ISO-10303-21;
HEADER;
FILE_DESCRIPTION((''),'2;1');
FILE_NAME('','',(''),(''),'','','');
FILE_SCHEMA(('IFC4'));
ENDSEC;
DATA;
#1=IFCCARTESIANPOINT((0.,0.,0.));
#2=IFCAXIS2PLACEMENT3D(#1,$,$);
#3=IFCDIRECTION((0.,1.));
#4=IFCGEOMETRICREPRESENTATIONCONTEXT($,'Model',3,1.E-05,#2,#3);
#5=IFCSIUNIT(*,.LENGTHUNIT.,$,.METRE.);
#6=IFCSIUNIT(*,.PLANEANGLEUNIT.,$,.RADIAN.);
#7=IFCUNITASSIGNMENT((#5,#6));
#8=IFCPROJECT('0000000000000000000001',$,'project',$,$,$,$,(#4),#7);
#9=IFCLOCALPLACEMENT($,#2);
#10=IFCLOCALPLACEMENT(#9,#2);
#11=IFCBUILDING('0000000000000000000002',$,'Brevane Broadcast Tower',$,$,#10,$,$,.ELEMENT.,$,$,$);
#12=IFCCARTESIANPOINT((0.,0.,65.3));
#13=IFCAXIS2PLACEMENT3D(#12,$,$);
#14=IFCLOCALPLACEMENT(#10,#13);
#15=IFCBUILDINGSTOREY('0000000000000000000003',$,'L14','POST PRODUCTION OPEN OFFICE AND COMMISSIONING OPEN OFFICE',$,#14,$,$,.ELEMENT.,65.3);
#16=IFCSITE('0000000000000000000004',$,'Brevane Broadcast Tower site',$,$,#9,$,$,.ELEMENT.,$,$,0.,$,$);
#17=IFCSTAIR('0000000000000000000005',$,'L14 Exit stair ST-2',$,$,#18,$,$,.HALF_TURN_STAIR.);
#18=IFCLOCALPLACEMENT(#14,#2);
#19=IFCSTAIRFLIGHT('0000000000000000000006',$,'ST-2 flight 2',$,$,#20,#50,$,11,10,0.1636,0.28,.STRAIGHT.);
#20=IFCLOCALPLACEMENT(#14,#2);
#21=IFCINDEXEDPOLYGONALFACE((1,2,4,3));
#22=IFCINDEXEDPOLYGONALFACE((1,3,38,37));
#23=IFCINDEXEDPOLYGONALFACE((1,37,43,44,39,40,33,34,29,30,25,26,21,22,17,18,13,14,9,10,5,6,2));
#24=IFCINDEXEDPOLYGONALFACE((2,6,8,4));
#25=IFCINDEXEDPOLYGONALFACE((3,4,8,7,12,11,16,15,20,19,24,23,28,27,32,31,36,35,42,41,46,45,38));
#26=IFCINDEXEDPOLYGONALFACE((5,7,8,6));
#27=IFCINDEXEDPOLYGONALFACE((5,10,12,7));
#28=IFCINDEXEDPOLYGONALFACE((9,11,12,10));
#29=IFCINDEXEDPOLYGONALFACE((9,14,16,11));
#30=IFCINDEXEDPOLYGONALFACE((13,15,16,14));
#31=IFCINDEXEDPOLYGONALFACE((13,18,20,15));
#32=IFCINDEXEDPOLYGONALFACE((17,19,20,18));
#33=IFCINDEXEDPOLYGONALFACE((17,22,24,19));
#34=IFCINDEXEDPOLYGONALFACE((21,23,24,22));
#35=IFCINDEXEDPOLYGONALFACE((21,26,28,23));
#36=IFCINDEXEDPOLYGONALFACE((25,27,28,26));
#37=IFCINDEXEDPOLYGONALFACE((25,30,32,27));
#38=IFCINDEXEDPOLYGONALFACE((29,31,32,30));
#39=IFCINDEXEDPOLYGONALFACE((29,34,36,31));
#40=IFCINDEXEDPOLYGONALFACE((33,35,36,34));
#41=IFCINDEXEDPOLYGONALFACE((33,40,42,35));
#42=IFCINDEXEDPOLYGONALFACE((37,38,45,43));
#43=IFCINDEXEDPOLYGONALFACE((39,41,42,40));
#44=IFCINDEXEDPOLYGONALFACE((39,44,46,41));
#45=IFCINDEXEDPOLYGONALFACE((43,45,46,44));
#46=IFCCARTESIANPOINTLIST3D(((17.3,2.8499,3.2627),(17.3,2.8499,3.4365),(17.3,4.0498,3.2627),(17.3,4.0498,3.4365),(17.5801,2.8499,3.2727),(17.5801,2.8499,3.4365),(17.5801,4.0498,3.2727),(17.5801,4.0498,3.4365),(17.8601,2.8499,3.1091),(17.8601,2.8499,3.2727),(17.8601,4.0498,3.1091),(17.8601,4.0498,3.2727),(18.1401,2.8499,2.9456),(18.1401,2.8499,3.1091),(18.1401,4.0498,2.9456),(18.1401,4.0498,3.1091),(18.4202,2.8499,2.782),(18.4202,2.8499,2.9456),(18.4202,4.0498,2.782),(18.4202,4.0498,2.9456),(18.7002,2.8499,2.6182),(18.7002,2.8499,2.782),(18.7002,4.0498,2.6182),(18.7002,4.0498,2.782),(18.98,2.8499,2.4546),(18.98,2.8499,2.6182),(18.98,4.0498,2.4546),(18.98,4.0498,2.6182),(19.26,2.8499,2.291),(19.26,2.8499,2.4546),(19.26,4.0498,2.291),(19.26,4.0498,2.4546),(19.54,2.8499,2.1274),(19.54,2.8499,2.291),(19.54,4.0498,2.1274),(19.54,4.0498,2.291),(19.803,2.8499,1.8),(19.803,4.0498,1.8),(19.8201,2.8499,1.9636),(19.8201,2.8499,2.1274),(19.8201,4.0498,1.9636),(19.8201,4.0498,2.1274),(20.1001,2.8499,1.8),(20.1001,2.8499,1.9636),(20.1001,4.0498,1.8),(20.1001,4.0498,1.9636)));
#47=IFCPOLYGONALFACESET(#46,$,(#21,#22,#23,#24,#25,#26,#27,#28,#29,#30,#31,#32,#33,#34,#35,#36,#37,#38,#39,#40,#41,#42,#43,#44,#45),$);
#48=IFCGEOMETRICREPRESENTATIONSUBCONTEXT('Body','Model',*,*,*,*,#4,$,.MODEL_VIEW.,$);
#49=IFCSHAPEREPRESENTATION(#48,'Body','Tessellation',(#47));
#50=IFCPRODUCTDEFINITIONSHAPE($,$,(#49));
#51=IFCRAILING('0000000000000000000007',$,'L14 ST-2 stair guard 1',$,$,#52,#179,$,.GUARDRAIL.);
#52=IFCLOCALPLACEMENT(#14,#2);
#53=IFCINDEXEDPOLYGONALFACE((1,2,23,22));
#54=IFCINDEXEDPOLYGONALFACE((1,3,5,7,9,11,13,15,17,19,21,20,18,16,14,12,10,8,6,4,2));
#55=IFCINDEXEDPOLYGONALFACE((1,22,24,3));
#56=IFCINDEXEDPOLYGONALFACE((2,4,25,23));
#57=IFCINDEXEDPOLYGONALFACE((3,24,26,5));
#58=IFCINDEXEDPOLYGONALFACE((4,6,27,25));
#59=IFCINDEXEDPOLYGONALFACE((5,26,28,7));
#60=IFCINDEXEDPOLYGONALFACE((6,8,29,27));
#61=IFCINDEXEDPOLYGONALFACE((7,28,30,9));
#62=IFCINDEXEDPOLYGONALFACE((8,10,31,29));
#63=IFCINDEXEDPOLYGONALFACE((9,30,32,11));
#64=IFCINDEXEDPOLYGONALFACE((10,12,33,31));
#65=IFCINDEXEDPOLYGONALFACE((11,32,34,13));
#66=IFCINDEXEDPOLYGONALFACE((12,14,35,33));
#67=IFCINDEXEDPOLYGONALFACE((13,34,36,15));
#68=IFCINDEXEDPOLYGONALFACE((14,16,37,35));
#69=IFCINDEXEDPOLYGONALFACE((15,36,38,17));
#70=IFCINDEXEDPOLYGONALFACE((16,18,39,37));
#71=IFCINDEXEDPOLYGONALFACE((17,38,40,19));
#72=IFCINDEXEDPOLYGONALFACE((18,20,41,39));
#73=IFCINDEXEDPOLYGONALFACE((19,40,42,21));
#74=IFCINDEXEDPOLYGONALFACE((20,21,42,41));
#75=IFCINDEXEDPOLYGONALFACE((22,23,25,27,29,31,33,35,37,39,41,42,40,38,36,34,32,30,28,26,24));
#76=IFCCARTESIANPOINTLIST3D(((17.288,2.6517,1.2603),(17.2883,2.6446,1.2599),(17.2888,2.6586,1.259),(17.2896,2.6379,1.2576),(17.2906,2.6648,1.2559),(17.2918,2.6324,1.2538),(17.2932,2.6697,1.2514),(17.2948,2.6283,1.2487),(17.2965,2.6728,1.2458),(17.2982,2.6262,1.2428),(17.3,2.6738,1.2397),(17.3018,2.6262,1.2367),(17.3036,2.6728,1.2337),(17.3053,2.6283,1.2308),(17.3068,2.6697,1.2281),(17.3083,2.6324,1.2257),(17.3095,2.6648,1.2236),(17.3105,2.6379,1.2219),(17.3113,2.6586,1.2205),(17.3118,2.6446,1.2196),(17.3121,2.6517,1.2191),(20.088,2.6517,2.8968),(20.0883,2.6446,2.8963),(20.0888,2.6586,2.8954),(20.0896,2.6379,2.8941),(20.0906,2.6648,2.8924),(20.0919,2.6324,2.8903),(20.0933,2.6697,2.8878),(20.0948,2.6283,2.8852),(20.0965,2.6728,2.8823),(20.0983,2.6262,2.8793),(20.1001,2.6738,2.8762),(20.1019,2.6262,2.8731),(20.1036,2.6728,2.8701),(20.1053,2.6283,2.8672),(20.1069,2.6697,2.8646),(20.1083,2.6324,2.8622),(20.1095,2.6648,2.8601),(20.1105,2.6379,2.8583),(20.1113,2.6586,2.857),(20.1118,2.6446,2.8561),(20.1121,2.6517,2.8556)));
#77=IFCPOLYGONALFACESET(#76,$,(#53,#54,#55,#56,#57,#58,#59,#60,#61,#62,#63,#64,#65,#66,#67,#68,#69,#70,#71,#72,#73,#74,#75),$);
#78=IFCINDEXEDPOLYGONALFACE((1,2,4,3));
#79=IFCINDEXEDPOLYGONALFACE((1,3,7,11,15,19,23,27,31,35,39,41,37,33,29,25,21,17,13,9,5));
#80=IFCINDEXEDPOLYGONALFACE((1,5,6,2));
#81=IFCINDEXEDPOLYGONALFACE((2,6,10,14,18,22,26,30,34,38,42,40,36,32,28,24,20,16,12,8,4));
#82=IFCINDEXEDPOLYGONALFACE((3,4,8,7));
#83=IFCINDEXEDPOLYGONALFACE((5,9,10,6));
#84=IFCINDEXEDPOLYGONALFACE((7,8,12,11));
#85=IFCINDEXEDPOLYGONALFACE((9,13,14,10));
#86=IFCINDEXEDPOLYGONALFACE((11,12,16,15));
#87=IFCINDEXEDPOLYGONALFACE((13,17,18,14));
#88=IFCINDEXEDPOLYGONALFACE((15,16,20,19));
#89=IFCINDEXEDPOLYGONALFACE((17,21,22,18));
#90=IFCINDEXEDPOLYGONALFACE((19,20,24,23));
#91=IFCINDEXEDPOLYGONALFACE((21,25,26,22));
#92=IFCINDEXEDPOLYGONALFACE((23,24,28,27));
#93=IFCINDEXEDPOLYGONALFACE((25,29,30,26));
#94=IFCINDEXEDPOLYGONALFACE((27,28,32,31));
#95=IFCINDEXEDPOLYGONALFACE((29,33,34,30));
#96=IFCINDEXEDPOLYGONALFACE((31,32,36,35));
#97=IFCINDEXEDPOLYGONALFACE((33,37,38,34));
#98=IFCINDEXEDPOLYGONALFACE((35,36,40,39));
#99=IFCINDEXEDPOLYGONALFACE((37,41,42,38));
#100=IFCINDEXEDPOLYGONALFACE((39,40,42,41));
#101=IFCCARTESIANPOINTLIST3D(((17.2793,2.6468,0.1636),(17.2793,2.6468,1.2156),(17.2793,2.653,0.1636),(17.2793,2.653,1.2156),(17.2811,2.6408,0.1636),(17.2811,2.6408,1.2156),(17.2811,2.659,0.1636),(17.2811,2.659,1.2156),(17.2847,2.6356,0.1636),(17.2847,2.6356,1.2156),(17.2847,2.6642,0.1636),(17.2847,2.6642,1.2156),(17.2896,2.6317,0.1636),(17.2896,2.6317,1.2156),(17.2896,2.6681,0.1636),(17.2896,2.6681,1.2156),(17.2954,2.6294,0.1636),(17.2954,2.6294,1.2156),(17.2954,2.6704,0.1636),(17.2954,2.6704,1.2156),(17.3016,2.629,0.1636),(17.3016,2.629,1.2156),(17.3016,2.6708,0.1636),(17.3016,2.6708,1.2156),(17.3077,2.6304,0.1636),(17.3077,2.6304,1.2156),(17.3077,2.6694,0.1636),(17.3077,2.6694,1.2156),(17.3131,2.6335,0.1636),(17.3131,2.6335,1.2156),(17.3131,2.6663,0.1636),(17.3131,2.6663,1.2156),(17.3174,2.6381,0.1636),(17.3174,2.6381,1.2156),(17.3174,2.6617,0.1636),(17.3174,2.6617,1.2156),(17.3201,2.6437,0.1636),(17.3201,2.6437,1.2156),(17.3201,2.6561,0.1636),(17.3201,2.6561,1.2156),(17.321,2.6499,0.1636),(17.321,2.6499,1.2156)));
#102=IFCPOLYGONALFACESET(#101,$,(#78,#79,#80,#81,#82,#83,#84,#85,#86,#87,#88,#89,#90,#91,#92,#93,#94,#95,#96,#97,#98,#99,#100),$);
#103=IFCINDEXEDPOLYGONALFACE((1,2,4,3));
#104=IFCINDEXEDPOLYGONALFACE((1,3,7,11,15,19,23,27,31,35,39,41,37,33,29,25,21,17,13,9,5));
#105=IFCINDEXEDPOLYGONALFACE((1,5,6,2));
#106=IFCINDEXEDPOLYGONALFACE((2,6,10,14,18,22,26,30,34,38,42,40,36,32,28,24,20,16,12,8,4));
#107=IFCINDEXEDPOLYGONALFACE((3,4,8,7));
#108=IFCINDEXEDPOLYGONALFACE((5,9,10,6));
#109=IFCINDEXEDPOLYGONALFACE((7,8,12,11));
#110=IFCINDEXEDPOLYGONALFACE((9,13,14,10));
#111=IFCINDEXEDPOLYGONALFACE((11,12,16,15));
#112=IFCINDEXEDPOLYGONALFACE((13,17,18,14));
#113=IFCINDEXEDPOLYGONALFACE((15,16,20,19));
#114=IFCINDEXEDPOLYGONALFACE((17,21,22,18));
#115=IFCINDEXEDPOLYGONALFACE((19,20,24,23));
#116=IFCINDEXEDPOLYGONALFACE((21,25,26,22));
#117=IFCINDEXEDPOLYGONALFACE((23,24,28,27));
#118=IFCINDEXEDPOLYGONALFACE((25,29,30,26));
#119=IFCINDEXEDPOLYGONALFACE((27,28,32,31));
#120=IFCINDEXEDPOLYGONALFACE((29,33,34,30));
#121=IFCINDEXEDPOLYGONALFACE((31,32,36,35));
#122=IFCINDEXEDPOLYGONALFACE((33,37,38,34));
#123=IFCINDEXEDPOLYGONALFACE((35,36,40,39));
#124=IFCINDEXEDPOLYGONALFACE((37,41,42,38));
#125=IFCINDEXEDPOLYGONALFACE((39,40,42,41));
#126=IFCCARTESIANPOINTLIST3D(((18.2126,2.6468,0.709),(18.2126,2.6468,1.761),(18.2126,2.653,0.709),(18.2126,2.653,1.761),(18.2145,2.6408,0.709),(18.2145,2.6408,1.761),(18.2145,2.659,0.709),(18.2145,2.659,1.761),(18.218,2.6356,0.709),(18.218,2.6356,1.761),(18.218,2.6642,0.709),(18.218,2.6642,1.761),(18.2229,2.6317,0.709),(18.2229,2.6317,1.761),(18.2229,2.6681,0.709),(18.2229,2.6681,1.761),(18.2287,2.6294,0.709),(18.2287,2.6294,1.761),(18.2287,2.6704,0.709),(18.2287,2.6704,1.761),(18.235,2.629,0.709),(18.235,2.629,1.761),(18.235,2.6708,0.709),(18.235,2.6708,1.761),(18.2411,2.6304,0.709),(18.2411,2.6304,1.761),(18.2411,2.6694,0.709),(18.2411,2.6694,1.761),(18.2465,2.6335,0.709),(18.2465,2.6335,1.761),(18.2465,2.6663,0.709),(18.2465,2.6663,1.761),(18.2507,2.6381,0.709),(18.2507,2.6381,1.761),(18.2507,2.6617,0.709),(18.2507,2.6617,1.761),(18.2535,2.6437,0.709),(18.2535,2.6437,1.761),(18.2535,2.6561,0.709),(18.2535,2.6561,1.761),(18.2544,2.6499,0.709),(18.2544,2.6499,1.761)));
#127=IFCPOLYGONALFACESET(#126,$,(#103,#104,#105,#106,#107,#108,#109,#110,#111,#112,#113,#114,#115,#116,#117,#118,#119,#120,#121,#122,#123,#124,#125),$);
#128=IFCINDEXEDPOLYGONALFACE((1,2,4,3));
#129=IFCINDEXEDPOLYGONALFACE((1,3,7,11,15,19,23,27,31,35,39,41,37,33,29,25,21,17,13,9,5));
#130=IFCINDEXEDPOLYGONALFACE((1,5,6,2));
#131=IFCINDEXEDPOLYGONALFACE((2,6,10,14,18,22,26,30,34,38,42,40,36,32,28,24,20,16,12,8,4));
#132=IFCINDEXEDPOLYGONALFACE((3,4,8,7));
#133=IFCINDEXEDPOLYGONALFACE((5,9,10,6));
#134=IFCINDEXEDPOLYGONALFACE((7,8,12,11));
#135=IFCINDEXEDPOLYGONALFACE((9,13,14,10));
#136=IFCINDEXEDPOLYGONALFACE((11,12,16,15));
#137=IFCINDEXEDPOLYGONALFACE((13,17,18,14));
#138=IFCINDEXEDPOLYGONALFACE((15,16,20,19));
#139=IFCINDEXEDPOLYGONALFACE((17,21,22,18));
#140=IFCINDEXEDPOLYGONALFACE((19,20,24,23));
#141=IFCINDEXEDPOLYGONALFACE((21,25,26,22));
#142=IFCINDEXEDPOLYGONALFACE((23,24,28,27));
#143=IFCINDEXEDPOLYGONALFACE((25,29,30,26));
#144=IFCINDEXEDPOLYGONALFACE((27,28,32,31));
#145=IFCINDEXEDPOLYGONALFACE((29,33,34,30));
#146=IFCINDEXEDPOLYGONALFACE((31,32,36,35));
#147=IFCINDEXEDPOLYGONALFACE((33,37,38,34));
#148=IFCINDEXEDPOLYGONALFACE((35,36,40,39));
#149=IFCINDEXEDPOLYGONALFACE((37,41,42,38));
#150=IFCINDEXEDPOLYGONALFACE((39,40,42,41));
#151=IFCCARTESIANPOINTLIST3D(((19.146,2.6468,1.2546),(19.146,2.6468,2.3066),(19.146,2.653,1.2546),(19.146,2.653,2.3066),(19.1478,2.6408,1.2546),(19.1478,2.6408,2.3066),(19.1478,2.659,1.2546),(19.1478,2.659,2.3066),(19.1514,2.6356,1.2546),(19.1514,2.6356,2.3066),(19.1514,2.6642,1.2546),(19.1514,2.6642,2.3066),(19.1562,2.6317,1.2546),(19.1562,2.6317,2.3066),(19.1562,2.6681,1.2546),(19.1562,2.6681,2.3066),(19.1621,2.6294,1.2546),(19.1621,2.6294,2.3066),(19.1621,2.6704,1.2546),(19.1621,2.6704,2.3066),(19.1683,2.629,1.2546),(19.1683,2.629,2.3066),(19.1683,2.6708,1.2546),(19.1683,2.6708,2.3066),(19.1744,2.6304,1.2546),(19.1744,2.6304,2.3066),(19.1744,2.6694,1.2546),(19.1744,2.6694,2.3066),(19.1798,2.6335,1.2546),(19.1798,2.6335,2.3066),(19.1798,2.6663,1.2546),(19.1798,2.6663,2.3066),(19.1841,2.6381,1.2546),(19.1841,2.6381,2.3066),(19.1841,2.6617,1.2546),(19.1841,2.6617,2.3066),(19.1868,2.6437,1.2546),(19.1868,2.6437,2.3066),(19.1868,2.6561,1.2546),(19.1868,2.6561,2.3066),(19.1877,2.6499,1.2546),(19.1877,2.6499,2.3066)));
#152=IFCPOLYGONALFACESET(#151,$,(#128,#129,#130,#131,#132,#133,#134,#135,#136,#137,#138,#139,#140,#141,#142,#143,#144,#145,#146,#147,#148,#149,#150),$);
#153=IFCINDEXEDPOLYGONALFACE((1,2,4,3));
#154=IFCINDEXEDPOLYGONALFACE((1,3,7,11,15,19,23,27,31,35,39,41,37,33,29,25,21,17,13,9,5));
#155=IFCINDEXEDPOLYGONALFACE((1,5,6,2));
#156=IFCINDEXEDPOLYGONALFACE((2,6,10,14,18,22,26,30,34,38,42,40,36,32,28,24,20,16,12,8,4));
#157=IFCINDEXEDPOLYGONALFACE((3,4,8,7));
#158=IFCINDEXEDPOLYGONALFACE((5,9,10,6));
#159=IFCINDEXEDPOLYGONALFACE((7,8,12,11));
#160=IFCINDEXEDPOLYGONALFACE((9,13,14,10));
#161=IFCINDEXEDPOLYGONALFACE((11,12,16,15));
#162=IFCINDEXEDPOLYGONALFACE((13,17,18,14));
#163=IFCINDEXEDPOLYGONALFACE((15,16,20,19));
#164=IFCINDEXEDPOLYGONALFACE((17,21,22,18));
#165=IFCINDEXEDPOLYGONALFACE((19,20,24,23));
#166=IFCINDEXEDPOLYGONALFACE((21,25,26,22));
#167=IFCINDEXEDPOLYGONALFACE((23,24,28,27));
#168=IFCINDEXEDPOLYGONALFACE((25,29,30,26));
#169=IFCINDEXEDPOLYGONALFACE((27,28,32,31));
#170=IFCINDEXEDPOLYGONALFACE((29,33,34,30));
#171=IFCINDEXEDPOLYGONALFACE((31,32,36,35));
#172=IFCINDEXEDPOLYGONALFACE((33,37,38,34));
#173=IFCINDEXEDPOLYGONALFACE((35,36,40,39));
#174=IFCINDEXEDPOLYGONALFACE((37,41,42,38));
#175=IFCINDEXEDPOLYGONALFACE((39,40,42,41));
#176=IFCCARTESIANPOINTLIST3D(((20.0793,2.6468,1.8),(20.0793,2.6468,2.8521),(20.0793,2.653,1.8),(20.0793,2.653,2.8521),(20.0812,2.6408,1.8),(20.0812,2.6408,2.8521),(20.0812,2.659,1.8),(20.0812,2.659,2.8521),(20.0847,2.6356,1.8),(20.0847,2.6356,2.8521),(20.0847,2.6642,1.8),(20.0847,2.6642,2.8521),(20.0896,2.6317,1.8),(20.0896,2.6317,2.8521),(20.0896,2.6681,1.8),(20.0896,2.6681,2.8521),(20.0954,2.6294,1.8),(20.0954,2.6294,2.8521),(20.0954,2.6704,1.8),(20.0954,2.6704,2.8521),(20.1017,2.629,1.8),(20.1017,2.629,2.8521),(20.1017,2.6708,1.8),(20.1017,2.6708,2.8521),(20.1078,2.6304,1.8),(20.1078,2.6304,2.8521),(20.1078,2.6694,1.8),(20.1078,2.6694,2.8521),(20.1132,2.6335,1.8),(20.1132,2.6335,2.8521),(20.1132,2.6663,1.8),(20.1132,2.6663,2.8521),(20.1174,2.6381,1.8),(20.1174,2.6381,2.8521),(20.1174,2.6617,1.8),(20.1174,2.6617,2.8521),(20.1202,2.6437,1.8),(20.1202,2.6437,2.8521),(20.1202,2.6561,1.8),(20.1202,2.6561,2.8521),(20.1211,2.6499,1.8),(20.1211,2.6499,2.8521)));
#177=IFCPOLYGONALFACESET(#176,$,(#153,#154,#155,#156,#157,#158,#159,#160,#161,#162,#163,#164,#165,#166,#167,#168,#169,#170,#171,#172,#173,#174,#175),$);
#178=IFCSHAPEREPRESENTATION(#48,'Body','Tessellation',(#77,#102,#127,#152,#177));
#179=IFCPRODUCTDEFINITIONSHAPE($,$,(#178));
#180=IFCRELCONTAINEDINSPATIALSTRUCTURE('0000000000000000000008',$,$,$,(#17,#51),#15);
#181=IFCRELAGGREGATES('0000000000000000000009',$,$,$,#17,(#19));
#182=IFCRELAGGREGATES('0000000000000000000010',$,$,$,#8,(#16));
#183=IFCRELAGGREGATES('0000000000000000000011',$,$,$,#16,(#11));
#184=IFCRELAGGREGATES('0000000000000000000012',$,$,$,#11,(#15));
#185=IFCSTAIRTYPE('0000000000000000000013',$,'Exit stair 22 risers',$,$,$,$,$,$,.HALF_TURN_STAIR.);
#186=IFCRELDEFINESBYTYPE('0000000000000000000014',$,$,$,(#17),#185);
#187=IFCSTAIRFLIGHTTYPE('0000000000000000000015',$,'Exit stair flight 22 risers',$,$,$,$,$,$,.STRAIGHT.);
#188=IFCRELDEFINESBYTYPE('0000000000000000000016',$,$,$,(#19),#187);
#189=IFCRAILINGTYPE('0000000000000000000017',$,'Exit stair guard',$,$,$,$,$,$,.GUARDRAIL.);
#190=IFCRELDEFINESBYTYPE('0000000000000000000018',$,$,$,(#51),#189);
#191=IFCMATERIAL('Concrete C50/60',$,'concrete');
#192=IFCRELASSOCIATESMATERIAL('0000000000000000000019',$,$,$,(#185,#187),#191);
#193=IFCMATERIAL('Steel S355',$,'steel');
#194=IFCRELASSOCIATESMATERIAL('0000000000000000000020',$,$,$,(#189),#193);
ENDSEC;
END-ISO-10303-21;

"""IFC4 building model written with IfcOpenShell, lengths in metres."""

from ifc_helpers import new_model, si_unit, direction, frame, origin, origin_2d, place, context, subcontext, project, spatial, polyline, circle, outline, extrude, material, type_object, element, aggregate, save


model = new_model("IFC4")

# Units and contexts
model_context = context("Model", 3, precision=1e-05, world=origin(), true_north=direction((0.0, 1.0)))
body_context = subcontext(model_context, "Body", "Model", "MODEL_VIEW")
ifc_project = project(units=[si_unit("LENGTHUNIT", "METRE"), si_unit("PLANEANGLEUNIT", "RADIAN")], contexts=[model_context])

# Site, building, storey
site_placement = place(None, origin())
site = spatial("IfcSite", under=ifc_project, at=site_placement, Name="Brevane Broadcast Tower site", CompositionType="ELEMENT", RefElevation=0.0)
building_placement = place(site_placement, origin())
building = spatial("IfcBuilding", under=site, at=building_placement, Name="Brevane Broadcast Tower", CompositionType="ELEMENT")
storey_placement = place(building_placement, frame((0.0, 0.0, 65.3)))
storey = spatial("IfcBuildingStorey", under=building, at=storey_placement, Name="L14", Description="POST PRODUCTION OPEN OFFICE AND COMMISSIONING OPEN OFFICE", CompositionType="ELEMENT", Elevation=65.3)

# Stair, stair flight
ifc_material_1 = material(Name="Concrete C50/60", Category="concrete")
stair_type = type_object("IfcStairType", Name="Exit stair 22 risers", PredefinedType="HALF_TURN_STAIR", material=ifc_material_1)
stair_placement = place(storey_placement, origin())
stair = element("IfcStair", 1, at=stair_placement, inside=storey, type_object=stair_type, Name="L14 Exit stair ST-2", PredefinedType="HALF_TURN_STAIR")
stair_flight_type = type_object("IfcStairFlightType", Name="Exit stair flight 22 risers", PredefinedType="STRAIGHT", material=ifc_material_1)
stair_flight_1_placement = place(storey_placement, frame((20.1001, 3.45, 1.8), z_axis=(0.0, 0.0, 1.0), x_axis=(-1.0, 0.0, 0.0)))
stair_flight_1 = element("IfcStairFlight", 2, at=stair_flight_1_placement, type_object=stair_flight_type, Name="ST-2 flight 2", NumberOfRisers=11, NumberOfTreads=10, PredefinedType="STRAIGHT", RiserHeight=0.1636, TreadLength=0.28, context=body_context, shape_type="SweptSolid", body=[
    extrude(outline(polyline([(0.0, 0.0), (0.0, 0.1636), (0.28, 0.1636), (0.28, 0.3274), (0.5601, 0.3274), (0.5601, 0.491), (0.8401, 0.491), (0.8401, 0.6545), (1.1201, 0.6545), (1.1201, 0.8181), (1.3999, 0.8181), (1.3999, 0.9819), (1.6799, 0.9819), (1.6799, 1.1455), (1.96, 1.1455), (1.96, 1.3091), (2.24, 1.3091), (2.24, 1.4727), (2.52, 1.4727), (2.52, 1.6365), (2.8, 1.6365), (2.8, 1.8), (2.8, 1.4626), (0.2971, 0.0), (0.0, 0.0)])), frame((0.0, 0.6001, 0.0), z_axis=(0.0, -1.0, 0.0), x_axis=(1.0, 0.0, 0.0)), (0.0, 0.0, 1.0), 1.2),
])
aggregate(stair, [stair_flight_1])

# Railing
ifc_material_2 = material(Name="Steel S355", Category="steel")
railing_type_1 = type_object("IfcRailingType", Name="Exit stair guard", PredefinedType="GUARDRAIL", material=ifc_material_2)
railing_1_placement = place(storey_placement, frame((17.3, 2.6499, 0.1636)))
element("IfcRailing", 3, at=railing_1_placement, inside=storey, type_object=railing_type_1, Name="L14 ST-2 stair guard 1", PredefinedType="GUARDRAIL", context=body_context, shape_type="SweptSolid", body=[
    extrude(circle(Radius=0.0239, at=origin_2d()), frame((0.0, 0.0, 1.0762), z_axis=(0.863361, 0.0, 0.504587), x_axis=(0.0, 1.0, 0.0)), (0.0, 0.0, 1.0), 3.2432),
    extrude(circle(Radius=0.021, at=origin_2d()), origin(), (0.0, 0.0, 1.0), 1.052),
    extrude(circle(Radius=0.021, at=origin_2d()), frame((0.9333, 0.0, 0.5454)), (0.0, 0.0, 1.0), 1.052),
    extrude(circle(Radius=0.021, at=origin_2d()), frame((1.8667, 0.0, 1.0911)), (0.0, 0.0, 1.0), 1.052),
    extrude(circle(Radius=0.021, at=origin_2d()), frame((2.8, 0.0, 1.6365)), (0.0, 0.0, 1.0), 1.052),
])

save(model, "model.ifc")
